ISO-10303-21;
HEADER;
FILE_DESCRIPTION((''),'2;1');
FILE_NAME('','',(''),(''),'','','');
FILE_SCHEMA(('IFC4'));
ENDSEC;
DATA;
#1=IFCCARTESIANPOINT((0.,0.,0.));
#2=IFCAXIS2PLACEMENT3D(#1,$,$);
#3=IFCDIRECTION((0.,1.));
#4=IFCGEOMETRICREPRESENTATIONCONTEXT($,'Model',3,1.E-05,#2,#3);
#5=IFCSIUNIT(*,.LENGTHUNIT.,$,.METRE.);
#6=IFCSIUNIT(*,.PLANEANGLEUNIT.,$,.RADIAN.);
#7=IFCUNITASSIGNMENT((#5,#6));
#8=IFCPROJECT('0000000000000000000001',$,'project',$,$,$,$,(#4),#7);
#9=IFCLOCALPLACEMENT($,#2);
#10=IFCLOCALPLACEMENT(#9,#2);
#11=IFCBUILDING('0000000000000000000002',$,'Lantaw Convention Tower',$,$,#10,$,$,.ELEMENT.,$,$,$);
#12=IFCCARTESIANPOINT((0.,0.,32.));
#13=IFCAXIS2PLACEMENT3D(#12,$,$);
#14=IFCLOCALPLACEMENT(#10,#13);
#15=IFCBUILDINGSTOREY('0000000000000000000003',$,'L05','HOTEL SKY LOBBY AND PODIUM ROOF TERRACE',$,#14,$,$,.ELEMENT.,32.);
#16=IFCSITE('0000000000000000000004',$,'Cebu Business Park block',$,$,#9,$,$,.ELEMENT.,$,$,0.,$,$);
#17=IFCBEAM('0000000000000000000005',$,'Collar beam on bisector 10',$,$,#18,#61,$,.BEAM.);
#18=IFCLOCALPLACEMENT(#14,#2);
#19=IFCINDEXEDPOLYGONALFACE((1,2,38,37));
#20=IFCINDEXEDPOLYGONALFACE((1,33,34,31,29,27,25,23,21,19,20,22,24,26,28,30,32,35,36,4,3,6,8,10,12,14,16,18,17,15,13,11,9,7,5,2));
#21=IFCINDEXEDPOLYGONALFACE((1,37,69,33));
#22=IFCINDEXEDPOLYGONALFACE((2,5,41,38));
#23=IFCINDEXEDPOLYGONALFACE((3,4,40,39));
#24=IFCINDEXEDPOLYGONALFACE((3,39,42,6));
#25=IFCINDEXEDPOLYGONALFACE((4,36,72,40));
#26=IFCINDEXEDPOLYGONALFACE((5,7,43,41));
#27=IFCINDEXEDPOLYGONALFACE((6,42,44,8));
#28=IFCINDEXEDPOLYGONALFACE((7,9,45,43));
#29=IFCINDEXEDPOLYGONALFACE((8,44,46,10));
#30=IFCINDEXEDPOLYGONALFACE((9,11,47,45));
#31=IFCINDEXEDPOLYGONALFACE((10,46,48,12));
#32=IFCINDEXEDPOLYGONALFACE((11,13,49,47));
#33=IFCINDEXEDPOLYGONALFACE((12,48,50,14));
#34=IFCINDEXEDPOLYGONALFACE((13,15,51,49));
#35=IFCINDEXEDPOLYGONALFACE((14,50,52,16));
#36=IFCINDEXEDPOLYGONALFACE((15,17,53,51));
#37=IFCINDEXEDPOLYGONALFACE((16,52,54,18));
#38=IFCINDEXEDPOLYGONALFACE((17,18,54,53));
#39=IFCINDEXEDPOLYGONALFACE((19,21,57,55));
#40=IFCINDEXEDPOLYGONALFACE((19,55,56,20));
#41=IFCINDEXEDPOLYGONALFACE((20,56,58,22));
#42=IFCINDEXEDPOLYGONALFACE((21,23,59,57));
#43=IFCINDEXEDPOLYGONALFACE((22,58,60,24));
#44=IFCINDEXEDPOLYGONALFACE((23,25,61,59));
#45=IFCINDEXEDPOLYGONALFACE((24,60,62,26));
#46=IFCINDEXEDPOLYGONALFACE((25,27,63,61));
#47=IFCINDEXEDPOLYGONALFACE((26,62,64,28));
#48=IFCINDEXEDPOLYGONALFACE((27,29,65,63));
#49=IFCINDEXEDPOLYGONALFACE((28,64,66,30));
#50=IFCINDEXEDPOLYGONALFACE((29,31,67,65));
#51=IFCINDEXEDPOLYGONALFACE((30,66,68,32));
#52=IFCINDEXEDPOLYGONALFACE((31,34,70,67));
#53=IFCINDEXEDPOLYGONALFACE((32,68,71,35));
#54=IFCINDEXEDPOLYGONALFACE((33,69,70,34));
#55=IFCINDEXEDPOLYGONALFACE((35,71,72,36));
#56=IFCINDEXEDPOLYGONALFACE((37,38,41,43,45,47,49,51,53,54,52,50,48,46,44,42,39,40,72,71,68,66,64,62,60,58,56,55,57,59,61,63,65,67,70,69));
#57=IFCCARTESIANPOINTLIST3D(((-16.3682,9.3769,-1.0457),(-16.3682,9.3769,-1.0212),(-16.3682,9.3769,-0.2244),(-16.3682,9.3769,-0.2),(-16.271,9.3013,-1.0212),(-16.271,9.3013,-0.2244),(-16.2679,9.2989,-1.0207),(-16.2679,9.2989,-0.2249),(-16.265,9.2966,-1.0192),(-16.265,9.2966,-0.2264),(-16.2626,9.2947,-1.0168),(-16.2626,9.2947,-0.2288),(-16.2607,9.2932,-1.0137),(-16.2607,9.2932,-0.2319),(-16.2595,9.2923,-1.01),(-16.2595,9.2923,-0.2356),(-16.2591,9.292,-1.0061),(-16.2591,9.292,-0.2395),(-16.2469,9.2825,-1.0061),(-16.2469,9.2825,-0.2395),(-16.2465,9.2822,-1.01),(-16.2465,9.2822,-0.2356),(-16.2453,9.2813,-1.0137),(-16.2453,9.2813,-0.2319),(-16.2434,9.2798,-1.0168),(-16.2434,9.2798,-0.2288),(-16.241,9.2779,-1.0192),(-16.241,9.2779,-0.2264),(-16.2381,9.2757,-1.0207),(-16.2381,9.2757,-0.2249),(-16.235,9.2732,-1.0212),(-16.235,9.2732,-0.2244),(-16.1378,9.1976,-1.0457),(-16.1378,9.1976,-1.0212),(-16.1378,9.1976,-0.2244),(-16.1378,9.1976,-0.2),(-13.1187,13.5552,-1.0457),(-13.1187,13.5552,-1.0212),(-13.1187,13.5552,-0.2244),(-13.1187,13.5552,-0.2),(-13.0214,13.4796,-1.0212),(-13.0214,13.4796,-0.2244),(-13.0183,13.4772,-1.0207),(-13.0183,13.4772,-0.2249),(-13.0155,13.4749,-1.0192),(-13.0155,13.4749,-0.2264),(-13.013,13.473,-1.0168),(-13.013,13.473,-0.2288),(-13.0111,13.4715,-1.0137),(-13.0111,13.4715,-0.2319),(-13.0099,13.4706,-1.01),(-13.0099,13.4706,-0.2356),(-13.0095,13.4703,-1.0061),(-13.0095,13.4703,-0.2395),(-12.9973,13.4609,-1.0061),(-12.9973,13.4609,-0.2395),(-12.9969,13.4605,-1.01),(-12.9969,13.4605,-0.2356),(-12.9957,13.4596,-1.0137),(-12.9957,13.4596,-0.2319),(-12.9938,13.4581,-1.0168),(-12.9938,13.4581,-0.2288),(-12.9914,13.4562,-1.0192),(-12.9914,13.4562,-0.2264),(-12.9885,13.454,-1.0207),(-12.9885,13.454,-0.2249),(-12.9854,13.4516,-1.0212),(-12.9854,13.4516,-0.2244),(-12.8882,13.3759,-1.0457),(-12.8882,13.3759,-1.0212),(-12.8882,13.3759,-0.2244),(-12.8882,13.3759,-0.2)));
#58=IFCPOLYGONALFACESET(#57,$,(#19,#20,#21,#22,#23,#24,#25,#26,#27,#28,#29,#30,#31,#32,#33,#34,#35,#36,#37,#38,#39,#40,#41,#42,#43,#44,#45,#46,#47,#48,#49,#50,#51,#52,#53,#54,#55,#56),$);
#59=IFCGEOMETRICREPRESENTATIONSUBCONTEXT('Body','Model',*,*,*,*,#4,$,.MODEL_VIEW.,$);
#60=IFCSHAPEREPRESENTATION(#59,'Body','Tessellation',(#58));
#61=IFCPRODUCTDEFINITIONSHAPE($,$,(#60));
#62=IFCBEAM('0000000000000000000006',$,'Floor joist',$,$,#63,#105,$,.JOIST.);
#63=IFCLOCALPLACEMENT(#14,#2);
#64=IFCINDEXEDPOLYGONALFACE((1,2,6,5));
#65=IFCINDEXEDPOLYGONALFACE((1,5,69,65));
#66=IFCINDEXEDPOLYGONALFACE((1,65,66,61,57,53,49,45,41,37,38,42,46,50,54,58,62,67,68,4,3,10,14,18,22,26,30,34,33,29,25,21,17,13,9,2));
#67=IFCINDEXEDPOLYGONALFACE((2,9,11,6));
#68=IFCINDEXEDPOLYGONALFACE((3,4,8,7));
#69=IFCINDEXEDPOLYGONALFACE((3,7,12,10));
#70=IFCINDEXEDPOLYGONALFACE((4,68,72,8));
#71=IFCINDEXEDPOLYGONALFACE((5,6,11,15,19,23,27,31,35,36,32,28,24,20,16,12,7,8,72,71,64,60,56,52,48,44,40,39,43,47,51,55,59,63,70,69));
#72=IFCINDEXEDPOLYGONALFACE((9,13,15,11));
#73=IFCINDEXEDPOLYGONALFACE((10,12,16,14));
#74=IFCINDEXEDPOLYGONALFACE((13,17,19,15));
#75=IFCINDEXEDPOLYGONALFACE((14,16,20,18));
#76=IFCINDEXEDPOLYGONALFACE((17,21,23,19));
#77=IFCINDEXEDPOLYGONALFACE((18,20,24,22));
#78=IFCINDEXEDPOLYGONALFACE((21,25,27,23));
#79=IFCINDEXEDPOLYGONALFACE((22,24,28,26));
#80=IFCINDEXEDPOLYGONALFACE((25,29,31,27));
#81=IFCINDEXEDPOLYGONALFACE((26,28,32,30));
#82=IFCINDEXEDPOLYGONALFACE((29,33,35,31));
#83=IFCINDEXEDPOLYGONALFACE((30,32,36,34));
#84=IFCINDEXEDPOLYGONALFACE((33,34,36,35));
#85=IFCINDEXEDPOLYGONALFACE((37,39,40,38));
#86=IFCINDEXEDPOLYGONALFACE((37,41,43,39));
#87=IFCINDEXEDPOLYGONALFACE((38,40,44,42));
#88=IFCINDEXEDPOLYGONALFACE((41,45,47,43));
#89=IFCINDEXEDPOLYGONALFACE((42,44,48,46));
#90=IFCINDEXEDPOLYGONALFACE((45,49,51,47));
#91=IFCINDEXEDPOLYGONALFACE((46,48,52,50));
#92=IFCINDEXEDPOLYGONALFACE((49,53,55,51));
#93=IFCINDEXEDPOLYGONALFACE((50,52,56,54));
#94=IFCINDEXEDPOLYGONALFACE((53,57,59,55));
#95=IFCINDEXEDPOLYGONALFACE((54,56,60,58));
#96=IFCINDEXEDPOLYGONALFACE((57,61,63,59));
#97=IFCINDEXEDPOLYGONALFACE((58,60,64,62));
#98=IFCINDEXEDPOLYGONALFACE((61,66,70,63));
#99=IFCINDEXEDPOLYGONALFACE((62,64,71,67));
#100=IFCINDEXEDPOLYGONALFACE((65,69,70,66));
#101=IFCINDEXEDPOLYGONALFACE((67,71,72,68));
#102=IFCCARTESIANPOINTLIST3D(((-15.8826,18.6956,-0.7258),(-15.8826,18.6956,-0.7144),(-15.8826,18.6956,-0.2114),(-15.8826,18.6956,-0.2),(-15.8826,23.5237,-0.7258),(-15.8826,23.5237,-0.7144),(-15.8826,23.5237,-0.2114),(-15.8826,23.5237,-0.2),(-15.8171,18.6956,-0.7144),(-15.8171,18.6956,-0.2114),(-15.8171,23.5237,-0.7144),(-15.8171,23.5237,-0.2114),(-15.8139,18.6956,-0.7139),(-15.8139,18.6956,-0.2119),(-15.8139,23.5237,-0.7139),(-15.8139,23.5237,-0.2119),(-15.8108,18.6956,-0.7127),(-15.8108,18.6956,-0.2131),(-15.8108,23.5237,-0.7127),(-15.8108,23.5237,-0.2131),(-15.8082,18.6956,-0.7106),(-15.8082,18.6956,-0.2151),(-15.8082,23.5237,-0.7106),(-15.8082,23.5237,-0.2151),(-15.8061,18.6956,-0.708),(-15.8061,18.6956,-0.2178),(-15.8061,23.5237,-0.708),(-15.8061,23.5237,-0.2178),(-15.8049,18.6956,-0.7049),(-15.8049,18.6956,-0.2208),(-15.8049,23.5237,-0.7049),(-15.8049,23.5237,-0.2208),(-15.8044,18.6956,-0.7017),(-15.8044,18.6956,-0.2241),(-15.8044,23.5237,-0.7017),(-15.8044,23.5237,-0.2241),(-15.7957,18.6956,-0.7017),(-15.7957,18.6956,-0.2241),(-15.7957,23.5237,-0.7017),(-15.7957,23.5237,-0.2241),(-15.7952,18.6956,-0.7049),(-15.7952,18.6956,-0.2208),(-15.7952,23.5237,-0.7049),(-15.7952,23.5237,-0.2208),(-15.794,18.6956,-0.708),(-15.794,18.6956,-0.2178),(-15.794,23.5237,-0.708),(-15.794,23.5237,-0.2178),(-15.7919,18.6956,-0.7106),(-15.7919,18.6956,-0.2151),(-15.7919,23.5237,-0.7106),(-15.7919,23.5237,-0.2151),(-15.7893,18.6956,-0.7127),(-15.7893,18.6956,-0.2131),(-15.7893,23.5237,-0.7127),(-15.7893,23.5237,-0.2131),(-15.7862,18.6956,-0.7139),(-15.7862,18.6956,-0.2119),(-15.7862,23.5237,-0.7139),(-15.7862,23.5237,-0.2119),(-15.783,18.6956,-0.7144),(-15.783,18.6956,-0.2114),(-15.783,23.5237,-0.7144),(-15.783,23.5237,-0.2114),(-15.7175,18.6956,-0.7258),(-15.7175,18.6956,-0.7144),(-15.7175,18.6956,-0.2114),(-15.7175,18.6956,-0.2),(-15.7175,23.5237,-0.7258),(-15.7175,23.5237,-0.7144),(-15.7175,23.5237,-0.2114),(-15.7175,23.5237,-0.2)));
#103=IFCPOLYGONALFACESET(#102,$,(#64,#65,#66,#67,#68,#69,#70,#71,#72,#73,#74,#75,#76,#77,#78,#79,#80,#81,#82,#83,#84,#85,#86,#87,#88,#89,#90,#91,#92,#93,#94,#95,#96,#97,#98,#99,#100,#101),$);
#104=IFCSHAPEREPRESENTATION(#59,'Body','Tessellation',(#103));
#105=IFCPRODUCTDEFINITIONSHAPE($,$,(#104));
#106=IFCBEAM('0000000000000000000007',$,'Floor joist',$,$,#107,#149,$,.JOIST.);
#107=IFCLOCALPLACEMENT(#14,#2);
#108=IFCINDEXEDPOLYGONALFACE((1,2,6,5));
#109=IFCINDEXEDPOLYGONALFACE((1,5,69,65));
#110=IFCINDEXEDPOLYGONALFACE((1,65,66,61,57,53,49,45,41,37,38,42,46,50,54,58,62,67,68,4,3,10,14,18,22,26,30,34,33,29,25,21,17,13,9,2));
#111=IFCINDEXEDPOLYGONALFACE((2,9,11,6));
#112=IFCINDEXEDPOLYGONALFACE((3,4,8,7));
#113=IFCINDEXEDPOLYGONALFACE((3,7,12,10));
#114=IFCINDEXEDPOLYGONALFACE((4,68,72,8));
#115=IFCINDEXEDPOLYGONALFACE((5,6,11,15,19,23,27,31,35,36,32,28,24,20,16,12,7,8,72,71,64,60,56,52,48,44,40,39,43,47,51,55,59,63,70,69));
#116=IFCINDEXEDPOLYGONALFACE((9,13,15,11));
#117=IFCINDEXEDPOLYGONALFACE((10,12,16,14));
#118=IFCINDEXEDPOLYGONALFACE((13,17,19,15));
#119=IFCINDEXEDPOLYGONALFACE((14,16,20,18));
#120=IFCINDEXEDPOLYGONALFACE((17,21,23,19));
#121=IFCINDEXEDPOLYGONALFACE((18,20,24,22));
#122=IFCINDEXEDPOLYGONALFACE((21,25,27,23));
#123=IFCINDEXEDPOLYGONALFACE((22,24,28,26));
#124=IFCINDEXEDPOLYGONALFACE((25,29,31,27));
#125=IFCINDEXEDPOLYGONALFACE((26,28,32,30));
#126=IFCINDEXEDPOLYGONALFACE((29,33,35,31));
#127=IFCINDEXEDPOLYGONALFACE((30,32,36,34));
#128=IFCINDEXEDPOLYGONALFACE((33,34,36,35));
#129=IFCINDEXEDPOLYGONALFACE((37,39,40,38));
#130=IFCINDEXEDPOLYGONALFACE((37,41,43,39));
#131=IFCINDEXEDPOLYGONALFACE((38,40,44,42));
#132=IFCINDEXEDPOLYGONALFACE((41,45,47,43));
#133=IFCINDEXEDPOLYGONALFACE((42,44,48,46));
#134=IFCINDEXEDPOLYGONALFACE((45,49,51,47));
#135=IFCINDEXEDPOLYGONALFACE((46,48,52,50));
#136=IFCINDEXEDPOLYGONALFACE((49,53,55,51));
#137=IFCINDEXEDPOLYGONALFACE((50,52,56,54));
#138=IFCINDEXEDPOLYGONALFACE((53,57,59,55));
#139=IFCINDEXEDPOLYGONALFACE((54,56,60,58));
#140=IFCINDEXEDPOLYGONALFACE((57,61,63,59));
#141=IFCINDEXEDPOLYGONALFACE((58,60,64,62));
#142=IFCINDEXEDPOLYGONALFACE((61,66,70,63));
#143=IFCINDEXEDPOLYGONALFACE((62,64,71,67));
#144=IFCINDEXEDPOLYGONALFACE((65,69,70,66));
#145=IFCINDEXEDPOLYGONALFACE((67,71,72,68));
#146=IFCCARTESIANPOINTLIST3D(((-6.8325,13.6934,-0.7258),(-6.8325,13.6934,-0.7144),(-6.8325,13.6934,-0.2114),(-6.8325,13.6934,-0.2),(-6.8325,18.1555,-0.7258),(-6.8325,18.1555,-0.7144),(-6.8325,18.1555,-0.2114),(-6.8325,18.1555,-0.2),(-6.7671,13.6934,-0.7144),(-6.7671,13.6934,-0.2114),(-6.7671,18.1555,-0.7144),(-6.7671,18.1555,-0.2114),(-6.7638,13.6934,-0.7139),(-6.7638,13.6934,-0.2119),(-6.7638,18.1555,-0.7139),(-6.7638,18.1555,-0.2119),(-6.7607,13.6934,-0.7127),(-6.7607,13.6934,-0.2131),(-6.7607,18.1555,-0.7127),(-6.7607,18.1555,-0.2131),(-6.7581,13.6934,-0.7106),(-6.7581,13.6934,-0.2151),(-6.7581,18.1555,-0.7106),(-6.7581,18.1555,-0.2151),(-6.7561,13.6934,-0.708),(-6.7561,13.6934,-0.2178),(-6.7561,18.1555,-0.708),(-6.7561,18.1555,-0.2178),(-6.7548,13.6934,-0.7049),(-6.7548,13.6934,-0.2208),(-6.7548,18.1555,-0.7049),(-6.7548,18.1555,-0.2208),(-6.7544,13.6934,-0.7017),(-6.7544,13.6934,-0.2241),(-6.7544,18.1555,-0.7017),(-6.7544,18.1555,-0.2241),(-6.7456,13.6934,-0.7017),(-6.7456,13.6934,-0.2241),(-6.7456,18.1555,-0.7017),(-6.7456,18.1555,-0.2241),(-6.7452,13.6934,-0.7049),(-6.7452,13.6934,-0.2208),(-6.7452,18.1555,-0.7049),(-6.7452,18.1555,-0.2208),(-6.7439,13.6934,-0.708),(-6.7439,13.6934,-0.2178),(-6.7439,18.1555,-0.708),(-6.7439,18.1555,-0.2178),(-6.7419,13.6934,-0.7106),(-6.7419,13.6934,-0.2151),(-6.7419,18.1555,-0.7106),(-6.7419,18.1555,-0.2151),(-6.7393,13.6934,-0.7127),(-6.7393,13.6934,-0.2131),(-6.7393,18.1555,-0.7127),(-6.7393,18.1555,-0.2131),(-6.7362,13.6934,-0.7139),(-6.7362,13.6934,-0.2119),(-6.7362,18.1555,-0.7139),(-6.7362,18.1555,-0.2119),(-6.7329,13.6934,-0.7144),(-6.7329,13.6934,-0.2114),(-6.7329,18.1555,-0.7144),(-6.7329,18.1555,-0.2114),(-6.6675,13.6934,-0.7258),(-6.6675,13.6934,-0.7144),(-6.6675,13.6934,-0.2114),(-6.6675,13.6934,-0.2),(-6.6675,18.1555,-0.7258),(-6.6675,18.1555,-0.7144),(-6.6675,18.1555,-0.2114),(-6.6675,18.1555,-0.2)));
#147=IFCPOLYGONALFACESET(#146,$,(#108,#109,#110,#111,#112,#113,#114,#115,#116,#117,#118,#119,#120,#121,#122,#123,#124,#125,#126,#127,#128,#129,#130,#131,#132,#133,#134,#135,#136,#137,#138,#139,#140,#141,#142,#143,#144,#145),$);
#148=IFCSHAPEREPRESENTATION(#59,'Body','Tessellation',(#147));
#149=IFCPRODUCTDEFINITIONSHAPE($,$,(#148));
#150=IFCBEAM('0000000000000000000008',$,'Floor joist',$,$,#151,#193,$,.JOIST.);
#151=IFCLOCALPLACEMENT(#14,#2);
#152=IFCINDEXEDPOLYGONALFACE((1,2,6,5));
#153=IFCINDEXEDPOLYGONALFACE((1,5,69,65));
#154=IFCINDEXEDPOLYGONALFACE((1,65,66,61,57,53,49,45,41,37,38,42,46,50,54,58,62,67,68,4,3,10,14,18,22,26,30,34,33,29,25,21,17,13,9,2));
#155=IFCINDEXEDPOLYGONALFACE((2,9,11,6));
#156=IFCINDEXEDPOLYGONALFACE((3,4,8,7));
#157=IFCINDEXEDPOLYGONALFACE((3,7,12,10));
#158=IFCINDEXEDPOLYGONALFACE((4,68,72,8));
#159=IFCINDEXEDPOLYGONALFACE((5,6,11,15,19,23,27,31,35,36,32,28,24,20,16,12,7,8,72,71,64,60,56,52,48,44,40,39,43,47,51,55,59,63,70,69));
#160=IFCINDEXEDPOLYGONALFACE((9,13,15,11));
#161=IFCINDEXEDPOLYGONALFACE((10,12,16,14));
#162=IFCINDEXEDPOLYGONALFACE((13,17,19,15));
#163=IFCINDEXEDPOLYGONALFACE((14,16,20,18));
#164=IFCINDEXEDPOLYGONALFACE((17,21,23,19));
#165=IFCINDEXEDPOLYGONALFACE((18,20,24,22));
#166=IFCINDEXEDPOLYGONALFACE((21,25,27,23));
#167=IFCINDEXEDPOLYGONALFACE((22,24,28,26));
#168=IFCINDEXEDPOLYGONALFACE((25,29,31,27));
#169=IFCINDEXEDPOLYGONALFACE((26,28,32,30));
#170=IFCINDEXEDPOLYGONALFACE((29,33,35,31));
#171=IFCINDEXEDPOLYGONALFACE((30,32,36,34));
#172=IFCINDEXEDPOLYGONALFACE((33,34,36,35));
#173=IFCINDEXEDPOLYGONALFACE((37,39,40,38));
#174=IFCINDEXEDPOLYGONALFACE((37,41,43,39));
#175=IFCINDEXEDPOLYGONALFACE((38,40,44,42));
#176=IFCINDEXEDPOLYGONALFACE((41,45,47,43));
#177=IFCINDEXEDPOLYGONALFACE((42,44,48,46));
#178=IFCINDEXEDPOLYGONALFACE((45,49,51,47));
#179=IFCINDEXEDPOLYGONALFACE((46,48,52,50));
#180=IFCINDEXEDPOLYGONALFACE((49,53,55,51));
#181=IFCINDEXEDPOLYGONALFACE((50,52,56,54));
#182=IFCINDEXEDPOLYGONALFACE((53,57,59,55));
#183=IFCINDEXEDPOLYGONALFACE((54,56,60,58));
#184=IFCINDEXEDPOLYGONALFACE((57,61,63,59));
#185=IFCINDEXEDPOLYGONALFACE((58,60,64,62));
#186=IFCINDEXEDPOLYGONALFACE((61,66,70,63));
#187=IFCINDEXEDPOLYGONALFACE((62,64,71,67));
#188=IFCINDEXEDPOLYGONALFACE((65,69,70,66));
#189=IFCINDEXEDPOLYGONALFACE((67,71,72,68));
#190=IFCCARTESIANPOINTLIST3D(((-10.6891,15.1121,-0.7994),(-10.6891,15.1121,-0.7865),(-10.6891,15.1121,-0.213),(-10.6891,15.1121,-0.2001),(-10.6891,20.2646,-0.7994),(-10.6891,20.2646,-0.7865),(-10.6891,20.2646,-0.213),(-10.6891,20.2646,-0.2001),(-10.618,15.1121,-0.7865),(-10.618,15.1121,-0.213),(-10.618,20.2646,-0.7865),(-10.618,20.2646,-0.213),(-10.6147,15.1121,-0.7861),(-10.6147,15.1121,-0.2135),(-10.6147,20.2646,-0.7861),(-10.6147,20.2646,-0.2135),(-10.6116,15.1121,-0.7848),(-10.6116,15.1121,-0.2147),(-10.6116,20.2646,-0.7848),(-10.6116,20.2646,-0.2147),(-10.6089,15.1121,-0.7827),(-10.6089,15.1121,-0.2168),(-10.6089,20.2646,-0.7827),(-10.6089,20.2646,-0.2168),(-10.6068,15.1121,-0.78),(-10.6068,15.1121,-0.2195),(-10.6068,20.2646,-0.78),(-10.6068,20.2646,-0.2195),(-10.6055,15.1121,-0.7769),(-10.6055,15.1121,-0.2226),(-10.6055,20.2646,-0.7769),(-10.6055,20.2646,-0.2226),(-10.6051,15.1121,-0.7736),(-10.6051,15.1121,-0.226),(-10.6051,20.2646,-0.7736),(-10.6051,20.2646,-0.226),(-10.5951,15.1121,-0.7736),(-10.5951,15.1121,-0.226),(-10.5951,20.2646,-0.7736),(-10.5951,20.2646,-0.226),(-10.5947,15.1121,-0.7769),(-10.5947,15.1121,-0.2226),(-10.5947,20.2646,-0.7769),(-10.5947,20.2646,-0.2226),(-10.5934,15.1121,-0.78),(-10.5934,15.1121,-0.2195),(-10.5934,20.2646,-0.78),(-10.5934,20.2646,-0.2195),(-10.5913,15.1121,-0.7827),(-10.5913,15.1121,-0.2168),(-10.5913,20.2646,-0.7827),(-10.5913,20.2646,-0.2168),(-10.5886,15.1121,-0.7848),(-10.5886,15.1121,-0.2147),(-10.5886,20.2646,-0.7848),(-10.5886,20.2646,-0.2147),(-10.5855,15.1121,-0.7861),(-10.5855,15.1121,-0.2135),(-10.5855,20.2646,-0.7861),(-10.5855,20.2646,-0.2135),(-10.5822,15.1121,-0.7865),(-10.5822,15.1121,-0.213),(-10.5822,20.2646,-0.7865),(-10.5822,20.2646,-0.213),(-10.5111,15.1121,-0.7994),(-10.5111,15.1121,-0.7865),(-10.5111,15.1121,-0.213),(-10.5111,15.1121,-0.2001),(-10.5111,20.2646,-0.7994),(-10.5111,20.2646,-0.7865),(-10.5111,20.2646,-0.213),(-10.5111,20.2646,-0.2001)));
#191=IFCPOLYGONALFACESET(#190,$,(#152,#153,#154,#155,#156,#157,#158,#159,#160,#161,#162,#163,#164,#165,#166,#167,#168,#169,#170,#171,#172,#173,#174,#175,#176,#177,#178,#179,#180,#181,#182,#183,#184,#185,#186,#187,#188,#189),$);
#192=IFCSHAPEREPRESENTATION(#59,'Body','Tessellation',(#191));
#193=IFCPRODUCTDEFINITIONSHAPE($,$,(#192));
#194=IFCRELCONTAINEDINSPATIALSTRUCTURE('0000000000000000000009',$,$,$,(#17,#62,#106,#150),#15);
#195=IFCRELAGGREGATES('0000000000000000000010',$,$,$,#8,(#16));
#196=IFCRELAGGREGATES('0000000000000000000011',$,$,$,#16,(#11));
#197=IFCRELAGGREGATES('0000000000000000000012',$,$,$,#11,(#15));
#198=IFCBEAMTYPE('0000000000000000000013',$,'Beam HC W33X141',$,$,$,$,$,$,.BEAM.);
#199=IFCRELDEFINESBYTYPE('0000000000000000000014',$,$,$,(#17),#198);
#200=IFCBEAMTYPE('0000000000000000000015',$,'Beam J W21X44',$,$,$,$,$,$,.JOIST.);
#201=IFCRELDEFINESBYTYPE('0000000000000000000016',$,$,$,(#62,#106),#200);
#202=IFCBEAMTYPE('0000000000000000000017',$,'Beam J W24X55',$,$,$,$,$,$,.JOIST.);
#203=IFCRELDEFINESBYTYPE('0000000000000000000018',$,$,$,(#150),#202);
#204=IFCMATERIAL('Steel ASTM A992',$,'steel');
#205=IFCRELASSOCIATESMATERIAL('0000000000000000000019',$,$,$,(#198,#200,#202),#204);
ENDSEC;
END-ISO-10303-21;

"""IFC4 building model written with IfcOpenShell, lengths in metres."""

from ifc_helpers import new_model, si_unit, direction, frame, origin, origin_2d, place, context, subcontext, project, spatial, i_section, extrude, material, material_profile, profile_set, type_object, element, save


model = new_model("IFC4")

# Units and contexts
model_context = context("Model", 3, precision=1e-05, world=origin(), true_north=direction((0.0, 1.0)))
body_context = subcontext(model_context, "Body", "Model", "MODEL_VIEW")
ifc_project = project(units=[si_unit("LENGTHUNIT", "METRE"), si_unit("PLANEANGLEUNIT", "RADIAN")], contexts=[model_context])

# Site, building, storey
site_placement = place(None, origin())
site = spatial("IfcSite", under=ifc_project, at=site_placement, Name="Cebu Business Park block", CompositionType="ELEMENT", RefElevation=0.0)
building_placement = place(site_placement, origin())
building = spatial("IfcBuilding", under=site, at=building_placement, Name="Lantaw Convention Tower", CompositionType="ELEMENT")
storey_placement = place(building_placement, frame((0.0, 0.0, 32.0)))
storey = spatial("IfcBuildingStorey", under=building, at=storey_placement, Name="L05", Description="HOTEL SKY LOBBY AND PODIUM ROOF TERRACE", CompositionType="ELEMENT", Elevation=32.0)

# Beams
ifc_material_1 = material(Name="Steel ASTM A992", Category="steel")
ifc_material_profile_1 = material_profile(ifc_material_1, i_section(OverallWidth=0.292, OverallDepth=0.8457, WebThickness=0.0154, FlangeThickness=0.0244, FilletRadius=0.0151, at=origin_2d()), Name="W33X141")
ifc_profile_set_1 = profile_set([ifc_material_profile_1], Name="Steel ASTM A992")
beam_type_1 = type_object("IfcBeamType", Name="Beam HC W33X141", PredefinedType="BEAM", material=ifc_profile_set_1)
beam_1_placement = place(storey_placement, frame((-13.0034, 13.4656, -0.6228), z_axis=(-0.613915, -0.789372, 0.0), x_axis=(0.789372, -0.613915, 0.0)))
element("IfcBeam", 1, at=beam_1_placement, inside=storey, type_object=beam_type_1, Name="Collar beam on bisector 10", PredefinedType="BEAM", context=body_context, shape_type="SweptSolid", body=[
    extrude(i_section(OverallWidth=0.292, OverallDepth=0.8457, WebThickness=0.0154, FlangeThickness=0.0244, FilletRadius=0.0151, at=origin_2d()), origin(), (0.0, 0.0, 1.0), 5.2932),
])
ifc_material_profile_2 = material_profile(ifc_material_1, i_section(OverallWidth=0.165, OverallDepth=0.5259, WebThickness=0.0088, FlangeThickness=0.0115, FilletRadius=0.0127, at=origin_2d()), Name="W21X44")
ifc_profile_set_2 = profile_set([ifc_material_profile_2], Name="Steel ASTM A992")
beam_type_2 = type_object("IfcBeamType", Name="Beam J W21X44", PredefinedType="JOIST", material=ifc_profile_set_2)
beam_2_placement = place(storey_placement, frame((-15.8, 18.6956, -0.4629), z_axis=(0.0, 1.0, 0.0), x_axis=(-1.0, 0.0, 0.0)))
element("IfcBeam", 2, at=beam_2_placement, inside=storey, type_object=beam_type_2, Name="Floor joist", PredefinedType="JOIST", context=body_context, shape_type="SweptSolid", body=[
    extrude(i_section(OverallWidth=0.165, OverallDepth=0.5259, WebThickness=0.0088, FlangeThickness=0.0115, FilletRadius=0.0127, at=origin_2d()), origin(), (0.0, 0.0, 1.0), 4.8281),
])
beam_3_placement = place(storey_placement, frame((-6.75, 13.6934, -0.4629), z_axis=(0.0, 1.0, 0.0), x_axis=(-1.0, 0.0, 0.0)))
element("IfcBeam", 3, at=beam_3_placement, inside=storey, type_object=beam_type_2, Name="Floor joist", PredefinedType="JOIST", context=body_context, shape_type="SweptSolid", body=[
    extrude(i_section(OverallWidth=0.165, OverallDepth=0.5259, WebThickness=0.0088, FlangeThickness=0.0115, FilletRadius=0.0127, at=origin_2d()), origin(), (0.0, 0.0, 1.0), 4.4622),
])
ifc_material_profile_3 = material_profile(ifc_material_1, i_section(OverallWidth=0.178, OverallDepth=0.5994, WebThickness=0.01, FlangeThickness=0.0129, FilletRadius=0.0129, at=origin_2d()), Name="W24X55")
ifc_profile_set_3 = profile_set([ifc_material_profile_3], Name="Steel ASTM A992")
beam_type_3 = type_object("IfcBeamType", Name="Beam J W24X55", PredefinedType="JOIST", material=ifc_profile_set_3)
beam_4_placement = place(storey_placement, frame((-10.6001, 15.1121, -0.4998), z_axis=(0.0, 1.0, 0.0), x_axis=(-1.0, 0.0, 0.0)))
element("IfcBeam", 4, at=beam_4_placement, inside=storey, type_object=beam_type_3, Name="Floor joist", PredefinedType="JOIST", context=body_context, shape_type="SweptSolid", body=[
    extrude(i_section(OverallWidth=0.178, OverallDepth=0.5994, WebThickness=0.01, FlangeThickness=0.0129, FilletRadius=0.0129, at=origin_2d()), origin(), (0.0, 0.0, 1.0), 5.1526),
])

save(model, "model.ifc")
